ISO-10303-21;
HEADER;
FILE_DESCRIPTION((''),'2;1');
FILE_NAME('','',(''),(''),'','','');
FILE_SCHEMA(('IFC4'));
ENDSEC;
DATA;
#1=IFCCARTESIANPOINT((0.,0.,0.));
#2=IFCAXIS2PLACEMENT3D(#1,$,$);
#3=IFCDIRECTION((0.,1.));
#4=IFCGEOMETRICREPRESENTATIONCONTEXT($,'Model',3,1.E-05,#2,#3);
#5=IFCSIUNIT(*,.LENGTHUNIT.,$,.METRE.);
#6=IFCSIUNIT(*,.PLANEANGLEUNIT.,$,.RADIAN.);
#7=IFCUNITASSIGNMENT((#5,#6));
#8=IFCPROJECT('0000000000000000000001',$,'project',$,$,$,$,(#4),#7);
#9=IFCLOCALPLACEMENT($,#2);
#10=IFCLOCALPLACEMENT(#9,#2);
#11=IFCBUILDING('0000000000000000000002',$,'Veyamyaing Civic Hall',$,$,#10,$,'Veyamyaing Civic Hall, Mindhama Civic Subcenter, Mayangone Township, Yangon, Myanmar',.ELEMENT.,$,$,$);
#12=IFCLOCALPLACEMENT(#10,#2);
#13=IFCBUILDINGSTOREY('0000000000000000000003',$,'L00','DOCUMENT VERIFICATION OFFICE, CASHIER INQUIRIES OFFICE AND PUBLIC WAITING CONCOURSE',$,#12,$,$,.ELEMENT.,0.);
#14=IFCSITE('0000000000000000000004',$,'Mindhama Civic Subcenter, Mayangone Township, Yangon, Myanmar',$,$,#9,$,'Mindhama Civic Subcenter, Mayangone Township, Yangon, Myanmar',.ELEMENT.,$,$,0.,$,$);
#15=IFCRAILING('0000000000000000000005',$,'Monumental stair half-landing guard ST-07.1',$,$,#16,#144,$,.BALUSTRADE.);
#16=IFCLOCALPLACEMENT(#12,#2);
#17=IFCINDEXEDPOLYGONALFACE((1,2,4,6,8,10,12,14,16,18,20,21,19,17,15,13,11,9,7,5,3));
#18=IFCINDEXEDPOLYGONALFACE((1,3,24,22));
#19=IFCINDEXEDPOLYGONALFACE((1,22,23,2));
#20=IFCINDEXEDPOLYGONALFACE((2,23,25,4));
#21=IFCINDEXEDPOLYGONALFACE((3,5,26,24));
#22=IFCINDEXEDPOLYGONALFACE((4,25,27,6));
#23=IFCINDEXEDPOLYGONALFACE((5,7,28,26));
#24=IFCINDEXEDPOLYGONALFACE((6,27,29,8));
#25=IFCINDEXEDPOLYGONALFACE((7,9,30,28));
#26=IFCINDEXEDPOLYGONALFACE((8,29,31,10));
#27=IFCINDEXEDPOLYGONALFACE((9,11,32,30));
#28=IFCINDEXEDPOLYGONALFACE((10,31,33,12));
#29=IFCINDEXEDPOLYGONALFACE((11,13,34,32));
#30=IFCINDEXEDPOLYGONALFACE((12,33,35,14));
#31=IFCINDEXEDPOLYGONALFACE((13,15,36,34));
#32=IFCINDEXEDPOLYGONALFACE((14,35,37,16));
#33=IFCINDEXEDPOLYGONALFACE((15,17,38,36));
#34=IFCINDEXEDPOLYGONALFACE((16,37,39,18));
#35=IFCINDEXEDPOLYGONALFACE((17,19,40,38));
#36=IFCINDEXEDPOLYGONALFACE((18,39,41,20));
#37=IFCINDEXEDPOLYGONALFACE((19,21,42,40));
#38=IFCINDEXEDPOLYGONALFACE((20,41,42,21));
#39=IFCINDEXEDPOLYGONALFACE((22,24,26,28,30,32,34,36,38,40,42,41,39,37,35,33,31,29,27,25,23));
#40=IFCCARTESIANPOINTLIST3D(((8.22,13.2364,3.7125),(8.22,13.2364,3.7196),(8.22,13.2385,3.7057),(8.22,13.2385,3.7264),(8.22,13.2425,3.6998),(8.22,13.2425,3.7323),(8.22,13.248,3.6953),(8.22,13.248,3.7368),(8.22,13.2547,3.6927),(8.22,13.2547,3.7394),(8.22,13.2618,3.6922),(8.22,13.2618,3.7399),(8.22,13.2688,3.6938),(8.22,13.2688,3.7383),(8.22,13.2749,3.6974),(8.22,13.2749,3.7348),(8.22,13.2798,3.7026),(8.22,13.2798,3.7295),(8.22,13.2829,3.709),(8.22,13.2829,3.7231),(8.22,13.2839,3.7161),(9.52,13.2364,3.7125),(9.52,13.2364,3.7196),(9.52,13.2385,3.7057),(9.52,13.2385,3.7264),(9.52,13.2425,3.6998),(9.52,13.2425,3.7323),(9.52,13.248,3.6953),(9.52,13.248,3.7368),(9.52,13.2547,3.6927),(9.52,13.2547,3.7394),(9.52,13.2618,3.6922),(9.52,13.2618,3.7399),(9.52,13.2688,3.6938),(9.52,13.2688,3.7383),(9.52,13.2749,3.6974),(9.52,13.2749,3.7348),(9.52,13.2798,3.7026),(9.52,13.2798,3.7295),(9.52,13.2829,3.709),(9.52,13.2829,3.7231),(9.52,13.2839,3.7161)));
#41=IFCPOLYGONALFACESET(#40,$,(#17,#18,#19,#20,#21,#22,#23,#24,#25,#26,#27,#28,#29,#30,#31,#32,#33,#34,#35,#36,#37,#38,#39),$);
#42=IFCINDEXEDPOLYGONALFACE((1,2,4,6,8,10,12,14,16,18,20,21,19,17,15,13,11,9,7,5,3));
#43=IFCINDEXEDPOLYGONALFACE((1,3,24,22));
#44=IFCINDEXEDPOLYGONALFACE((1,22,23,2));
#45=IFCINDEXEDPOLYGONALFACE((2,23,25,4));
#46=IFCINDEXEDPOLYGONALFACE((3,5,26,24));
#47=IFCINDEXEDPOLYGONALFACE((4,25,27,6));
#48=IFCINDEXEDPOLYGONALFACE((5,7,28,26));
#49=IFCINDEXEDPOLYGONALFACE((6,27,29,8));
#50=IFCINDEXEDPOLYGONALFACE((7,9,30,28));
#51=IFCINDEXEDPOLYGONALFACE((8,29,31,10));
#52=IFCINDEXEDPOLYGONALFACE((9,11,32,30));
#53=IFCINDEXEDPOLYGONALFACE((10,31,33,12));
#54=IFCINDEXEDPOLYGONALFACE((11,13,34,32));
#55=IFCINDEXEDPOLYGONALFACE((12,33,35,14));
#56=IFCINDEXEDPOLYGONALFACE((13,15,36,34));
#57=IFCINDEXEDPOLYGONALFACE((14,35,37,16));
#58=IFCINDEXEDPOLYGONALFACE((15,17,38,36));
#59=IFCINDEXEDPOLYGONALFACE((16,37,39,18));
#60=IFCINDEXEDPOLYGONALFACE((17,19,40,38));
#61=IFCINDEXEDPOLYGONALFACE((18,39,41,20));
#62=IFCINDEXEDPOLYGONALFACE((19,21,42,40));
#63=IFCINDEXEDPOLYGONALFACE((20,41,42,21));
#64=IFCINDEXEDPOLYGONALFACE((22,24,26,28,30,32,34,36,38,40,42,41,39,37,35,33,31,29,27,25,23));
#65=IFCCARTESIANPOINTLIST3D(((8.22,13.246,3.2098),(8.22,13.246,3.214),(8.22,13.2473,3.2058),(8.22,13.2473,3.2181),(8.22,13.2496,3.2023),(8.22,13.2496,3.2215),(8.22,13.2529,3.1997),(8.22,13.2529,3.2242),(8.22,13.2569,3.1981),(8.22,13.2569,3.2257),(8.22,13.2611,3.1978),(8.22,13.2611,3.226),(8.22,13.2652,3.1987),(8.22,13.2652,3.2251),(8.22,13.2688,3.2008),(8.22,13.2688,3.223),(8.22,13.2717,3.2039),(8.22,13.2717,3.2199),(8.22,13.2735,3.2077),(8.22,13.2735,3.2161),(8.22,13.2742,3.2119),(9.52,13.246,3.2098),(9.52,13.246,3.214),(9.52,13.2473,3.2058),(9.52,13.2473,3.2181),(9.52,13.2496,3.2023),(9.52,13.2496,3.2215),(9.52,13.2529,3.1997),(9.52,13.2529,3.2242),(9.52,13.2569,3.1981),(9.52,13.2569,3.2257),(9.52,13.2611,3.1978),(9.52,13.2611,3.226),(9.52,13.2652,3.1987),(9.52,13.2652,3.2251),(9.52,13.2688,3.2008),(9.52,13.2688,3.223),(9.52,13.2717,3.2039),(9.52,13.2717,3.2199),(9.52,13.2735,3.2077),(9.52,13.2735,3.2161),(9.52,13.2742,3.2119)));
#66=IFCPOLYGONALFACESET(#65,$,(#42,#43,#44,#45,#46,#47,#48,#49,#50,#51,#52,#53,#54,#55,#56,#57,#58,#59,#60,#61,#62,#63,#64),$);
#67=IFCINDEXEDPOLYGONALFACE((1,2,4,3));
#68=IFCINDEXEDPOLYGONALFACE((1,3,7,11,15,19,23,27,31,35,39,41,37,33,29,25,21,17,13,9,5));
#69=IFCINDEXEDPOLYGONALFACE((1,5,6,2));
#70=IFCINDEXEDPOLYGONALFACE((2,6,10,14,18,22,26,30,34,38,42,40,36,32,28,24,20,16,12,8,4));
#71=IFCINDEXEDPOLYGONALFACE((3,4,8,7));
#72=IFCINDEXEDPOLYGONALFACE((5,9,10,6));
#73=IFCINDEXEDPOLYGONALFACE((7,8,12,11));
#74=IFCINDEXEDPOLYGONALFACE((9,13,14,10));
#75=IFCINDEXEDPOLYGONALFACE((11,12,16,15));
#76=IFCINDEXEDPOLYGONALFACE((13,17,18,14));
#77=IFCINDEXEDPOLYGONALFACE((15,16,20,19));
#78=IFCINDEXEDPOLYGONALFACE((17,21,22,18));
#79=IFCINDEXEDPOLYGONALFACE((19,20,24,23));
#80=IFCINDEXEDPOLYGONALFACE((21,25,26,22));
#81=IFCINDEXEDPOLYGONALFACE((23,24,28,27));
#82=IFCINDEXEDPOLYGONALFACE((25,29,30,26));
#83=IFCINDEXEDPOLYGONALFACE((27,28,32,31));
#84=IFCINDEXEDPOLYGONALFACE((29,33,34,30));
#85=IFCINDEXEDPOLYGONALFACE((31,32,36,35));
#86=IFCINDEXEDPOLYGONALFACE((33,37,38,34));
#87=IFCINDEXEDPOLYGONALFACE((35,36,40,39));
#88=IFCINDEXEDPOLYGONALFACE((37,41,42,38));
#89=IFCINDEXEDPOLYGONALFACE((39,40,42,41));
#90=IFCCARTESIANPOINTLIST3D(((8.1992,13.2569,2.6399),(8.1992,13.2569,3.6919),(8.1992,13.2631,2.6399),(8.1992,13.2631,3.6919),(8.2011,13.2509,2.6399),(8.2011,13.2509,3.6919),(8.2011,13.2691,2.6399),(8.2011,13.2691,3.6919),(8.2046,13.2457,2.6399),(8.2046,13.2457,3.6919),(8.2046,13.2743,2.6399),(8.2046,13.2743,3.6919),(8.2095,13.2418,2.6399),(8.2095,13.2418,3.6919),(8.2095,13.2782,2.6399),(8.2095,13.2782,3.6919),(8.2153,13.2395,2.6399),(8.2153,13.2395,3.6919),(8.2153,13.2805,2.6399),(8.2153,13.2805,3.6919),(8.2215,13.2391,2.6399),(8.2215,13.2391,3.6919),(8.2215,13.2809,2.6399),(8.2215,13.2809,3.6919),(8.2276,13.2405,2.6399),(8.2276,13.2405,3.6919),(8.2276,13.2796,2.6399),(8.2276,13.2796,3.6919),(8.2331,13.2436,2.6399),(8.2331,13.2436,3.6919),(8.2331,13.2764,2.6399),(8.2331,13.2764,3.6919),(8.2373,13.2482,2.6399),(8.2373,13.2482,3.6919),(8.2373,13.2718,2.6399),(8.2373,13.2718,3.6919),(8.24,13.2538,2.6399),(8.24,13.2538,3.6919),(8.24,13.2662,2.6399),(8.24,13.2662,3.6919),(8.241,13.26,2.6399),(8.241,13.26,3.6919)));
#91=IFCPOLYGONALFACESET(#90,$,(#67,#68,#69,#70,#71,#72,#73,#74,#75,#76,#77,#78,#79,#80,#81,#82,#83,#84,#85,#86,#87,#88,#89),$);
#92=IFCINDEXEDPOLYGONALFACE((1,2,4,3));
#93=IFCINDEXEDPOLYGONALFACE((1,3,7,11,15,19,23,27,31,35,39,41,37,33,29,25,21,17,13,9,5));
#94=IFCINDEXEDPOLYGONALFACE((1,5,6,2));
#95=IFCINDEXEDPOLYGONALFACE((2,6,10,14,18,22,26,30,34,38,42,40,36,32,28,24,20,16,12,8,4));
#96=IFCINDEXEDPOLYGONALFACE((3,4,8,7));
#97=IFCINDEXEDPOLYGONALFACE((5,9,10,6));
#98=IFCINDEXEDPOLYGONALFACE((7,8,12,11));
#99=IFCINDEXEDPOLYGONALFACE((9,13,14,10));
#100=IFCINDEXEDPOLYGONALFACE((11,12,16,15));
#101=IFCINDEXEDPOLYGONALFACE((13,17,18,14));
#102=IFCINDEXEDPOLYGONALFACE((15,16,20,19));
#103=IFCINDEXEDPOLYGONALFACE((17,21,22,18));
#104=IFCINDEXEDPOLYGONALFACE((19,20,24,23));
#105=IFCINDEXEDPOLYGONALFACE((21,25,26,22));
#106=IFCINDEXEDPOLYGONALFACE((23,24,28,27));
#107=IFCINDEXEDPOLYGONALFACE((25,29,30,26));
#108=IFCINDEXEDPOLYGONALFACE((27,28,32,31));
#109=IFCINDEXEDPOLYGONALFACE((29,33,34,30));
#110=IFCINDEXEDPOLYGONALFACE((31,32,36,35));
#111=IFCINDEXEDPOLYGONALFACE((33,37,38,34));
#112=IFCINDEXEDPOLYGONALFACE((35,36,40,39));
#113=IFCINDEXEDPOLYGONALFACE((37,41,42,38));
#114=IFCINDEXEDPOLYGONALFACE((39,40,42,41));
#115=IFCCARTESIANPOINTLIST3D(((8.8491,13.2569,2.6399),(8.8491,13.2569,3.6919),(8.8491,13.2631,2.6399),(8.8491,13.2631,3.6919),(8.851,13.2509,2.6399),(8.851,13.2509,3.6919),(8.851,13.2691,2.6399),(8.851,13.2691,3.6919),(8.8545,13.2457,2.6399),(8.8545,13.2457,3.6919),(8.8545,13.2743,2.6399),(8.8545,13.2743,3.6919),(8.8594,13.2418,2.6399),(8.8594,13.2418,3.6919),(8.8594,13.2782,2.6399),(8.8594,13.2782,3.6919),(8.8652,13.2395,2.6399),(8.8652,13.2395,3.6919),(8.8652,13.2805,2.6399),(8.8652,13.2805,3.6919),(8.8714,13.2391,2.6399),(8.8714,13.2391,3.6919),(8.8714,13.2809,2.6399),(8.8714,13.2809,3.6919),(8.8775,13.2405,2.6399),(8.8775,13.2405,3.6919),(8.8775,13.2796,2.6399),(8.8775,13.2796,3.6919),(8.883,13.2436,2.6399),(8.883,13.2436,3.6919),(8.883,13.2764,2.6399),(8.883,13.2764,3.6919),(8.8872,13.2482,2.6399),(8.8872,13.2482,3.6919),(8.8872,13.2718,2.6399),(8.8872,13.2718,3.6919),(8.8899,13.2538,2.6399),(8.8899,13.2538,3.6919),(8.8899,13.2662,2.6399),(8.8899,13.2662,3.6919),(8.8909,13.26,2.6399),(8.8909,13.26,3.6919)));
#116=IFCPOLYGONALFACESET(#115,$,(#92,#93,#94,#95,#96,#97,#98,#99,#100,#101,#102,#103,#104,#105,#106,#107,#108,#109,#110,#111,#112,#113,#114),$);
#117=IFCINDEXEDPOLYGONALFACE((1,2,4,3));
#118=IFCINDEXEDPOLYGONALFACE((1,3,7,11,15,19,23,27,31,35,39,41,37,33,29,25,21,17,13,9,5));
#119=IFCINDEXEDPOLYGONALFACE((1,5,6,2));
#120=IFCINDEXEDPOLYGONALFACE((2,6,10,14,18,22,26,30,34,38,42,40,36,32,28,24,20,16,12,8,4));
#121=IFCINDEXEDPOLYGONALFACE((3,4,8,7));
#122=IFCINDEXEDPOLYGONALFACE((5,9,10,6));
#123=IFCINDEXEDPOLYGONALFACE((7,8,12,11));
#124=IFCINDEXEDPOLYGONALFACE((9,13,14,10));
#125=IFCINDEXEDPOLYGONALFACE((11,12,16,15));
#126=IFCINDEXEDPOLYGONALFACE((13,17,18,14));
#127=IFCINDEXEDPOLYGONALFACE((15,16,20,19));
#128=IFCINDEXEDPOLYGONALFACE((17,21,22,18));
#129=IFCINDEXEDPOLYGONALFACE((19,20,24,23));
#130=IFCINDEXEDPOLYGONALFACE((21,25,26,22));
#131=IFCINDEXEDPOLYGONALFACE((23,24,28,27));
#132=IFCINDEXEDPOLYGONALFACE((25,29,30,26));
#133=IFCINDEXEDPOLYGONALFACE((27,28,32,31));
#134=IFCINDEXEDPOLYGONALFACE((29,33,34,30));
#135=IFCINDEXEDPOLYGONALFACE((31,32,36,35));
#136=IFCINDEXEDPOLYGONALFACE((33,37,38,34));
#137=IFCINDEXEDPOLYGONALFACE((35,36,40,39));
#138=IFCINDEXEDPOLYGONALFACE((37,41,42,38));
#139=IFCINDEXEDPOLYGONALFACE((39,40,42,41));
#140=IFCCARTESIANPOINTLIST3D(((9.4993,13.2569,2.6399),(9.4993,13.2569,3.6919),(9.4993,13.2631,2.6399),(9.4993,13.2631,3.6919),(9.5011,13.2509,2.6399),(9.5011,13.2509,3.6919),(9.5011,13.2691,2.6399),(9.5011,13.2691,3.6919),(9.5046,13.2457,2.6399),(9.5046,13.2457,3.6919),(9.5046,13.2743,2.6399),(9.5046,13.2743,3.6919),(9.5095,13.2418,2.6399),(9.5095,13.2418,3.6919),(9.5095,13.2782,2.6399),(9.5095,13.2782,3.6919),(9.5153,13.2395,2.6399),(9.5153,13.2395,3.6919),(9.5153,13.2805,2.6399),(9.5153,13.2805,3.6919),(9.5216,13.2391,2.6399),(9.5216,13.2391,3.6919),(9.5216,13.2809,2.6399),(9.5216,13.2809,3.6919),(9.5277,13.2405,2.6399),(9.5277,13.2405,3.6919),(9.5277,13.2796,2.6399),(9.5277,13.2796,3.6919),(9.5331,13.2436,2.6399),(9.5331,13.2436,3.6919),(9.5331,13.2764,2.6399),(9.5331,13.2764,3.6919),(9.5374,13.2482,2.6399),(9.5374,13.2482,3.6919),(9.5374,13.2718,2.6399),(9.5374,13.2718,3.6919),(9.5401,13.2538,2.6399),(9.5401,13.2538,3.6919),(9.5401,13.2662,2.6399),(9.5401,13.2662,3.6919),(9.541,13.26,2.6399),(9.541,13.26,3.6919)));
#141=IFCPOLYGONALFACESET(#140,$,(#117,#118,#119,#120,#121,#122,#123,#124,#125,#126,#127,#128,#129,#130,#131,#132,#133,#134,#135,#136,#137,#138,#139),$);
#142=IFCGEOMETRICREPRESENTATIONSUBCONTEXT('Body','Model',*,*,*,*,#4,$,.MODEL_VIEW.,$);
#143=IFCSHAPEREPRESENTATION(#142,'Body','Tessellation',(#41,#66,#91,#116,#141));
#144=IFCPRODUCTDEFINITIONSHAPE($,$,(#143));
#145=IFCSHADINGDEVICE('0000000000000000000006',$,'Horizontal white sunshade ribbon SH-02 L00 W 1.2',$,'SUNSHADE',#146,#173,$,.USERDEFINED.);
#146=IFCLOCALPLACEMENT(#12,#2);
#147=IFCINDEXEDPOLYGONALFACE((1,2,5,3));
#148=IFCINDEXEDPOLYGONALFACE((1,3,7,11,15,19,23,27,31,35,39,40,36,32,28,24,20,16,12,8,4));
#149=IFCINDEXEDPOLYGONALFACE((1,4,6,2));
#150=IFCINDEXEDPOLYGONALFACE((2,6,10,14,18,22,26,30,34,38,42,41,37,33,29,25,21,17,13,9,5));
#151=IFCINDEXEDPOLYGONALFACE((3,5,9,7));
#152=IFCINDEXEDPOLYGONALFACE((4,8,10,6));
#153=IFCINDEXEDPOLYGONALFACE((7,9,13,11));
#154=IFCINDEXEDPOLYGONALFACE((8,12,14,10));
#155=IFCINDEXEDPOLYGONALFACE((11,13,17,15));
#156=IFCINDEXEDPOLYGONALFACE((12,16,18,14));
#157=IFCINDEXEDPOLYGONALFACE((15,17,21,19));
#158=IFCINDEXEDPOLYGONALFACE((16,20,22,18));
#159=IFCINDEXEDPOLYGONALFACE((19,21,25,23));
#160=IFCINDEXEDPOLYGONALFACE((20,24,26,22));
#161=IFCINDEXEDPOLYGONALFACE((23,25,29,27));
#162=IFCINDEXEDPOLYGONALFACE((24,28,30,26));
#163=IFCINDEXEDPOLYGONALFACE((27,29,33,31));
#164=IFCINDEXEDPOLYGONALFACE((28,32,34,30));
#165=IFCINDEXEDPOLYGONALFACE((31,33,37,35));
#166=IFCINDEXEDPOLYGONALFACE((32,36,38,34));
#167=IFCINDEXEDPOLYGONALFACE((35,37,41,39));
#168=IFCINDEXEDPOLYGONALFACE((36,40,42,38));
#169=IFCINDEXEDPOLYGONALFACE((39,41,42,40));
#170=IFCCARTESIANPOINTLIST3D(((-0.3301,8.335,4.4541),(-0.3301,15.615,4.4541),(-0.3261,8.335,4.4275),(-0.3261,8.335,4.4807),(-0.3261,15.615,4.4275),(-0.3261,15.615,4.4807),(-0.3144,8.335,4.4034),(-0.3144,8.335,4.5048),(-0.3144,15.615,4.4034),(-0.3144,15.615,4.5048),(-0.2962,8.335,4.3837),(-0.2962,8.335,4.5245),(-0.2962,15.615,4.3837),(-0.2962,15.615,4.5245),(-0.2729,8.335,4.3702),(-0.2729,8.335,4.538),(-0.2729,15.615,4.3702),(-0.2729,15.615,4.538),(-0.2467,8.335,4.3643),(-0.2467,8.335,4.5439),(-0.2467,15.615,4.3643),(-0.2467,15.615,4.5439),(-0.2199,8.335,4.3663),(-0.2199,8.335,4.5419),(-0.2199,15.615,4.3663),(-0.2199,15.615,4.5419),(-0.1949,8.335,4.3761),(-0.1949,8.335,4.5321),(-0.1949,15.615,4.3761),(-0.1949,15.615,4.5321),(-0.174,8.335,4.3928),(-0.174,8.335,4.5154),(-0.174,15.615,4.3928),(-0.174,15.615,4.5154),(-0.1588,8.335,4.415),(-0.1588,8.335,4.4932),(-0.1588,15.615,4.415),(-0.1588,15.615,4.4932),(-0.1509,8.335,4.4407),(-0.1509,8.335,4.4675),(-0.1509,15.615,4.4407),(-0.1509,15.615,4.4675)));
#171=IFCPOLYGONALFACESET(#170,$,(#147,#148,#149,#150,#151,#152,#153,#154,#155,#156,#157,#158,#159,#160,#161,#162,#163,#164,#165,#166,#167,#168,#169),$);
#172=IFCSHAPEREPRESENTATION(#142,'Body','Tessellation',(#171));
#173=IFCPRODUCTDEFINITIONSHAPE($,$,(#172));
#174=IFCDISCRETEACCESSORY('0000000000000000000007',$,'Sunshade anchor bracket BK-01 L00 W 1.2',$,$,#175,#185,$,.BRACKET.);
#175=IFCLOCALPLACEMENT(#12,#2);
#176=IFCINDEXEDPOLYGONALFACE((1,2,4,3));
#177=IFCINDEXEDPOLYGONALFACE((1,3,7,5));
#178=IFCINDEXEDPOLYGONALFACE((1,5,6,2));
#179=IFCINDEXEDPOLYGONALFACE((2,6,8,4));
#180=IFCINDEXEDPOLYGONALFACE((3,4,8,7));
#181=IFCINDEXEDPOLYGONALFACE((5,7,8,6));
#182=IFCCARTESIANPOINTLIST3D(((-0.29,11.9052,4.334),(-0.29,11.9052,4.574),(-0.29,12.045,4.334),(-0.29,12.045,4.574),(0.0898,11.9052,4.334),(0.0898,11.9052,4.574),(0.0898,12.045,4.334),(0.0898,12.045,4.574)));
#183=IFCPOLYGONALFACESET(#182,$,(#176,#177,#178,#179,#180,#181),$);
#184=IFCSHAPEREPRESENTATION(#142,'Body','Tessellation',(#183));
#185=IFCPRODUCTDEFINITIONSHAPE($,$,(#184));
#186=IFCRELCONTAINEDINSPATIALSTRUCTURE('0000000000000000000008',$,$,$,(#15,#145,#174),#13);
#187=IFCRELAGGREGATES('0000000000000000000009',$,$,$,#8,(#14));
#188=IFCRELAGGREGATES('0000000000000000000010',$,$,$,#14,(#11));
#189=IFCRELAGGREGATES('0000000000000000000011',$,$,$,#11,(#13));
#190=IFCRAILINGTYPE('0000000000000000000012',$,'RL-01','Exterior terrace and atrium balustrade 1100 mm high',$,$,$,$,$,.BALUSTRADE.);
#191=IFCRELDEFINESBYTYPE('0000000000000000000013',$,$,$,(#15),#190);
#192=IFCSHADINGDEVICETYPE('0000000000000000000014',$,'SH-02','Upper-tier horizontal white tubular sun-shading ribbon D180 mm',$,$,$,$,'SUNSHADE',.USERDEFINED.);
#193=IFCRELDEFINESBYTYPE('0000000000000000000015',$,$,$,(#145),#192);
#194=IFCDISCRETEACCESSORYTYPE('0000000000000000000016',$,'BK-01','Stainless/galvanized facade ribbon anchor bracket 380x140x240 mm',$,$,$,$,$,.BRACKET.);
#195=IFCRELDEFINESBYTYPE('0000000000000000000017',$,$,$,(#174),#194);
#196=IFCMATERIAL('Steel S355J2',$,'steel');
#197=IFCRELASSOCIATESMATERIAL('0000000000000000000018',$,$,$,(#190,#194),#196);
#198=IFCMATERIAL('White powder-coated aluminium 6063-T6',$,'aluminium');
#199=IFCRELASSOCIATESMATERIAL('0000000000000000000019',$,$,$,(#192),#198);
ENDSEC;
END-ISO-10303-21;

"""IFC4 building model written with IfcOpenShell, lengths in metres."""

from ifc_helpers import new_model, si_unit, direction, frame, origin, origin_2d, place, context, subcontext, project, spatial, rectangle, circle, extrude, material, material_profile, profile_set, type_object, element, save


model = new_model("IFC4")

# Units and contexts
model_context = context("Model", 3, precision=1e-05, world=origin(), true_north=direction((0.0, 1.0)))
body_context = subcontext(model_context, "Body", "Model", "MODEL_VIEW")
ifc_project = project(units=[si_unit("LENGTHUNIT", "METRE"), si_unit("PLANEANGLEUNIT", "RADIAN")], contexts=[model_context])

# Site, building, storey
site_placement = place(None, origin())
site = spatial("IfcSite", under=ifc_project, at=site_placement, Name="Mindhama Civic Subcenter, Mayangone Township, Yangon, Myanmar", LongName="Mindhama Civic Subcenter, Mayangone Township, Yangon, Myanmar", CompositionType="ELEMENT", RefElevation=0.0)
building_placement = place(site_placement, origin())
building = spatial("IfcBuilding", under=site, at=building_placement, Name="Veyamyaing Civic Hall", LongName="Veyamyaing Civic Hall, Mindhama Civic Subcenter, Mayangone Township, Yangon, Myanmar", CompositionType="ELEMENT")
storey_placement = place(building_placement, origin())
storey = spatial("IfcBuildingStorey", under=building, at=storey_placement, Name="L00", Description="DOCUMENT VERIFICATION OFFICE, CASHIER INQUIRIES OFFICE AND PUBLIC WAITING CONCOURSE", CompositionType="ELEMENT", Elevation=0.0)

# Shared definitions
ifc_material_1 = material(Name="White powder-coated aluminium 6063-T6", Category="aluminium")

# Railing
ifc_material_2 = material(Name="Steel S355J2", Category="steel")
railing_type = type_object("IfcRailingType", Name="RL-01", Description="Exterior terrace and atrium balustrade 1100 mm high", PredefinedType="BALUSTRADE", material=ifc_material_2)
railing_placement = place(storey_placement, frame((8.22, 13.26, 2.6399)))
element("IfcRailing", 1, at=railing_placement, inside=storey, type_object=railing_type, Name="Monumental stair half-landing guard ST-07.1", PredefinedType="BALUSTRADE", context=body_context, shape_type="SweptSolid", body=[
    extrude(circle(Radius=0.0239, at=origin_2d()), frame((0.0, 0.0, 1.0762), z_axis=(1.0, 0.0, 0.0), x_axis=(0.0, 1.0, 0.0)), (0.0, 0.0, 1.0), 1.3),
    extrude(circle(Radius=0.0142, at=origin_2d()), frame((0.0, 0.0, 0.572), z_axis=(1.0, 0.0, 0.0), x_axis=(0.0, 1.0, 0.0)), (0.0, 0.0, 1.0), 1.3),
    extrude(circle(Radius=0.021, at=origin_2d()), origin(), (0.0, 0.0, 1.0), 1.052),
    extrude(circle(Radius=0.021, at=origin_2d()), frame((0.6499, 0.0, 0.0)), (0.0, 0.0, 1.0), 1.052),
    extrude(circle(Radius=0.021, at=origin_2d()), frame((1.3, 0.0, 0.0)), (0.0, 0.0, 1.0), 1.052),
])

# Shading device
ifc_material_profile_1 = material_profile(ifc_material_1, circle(Radius=0.0901, at=origin_2d()), Name="SHADE-TUBE-180")
ifc_profile_set_1 = profile_set([ifc_material_profile_1], Name="White powder-coated aluminium 6063-T6")
shading_device_type = type_object("IfcShadingDeviceType", Name="SH-02", Description="Upper-tier horizontal white tubular sun-shading ribbon D180 mm", ElementType="SUNSHADE", PredefinedType="USERDEFINED", material=ifc_profile_set_1)
shading_device_placement = place(storey_placement, frame((-0.24, 8.335, 4.4541), z_axis=(0.0, 1.0, 0.0), x_axis=(-1.0, 0.0, 0.0)))
element("IfcShadingDevice", 2, at=shading_device_placement, inside=storey, type_object=shading_device_type, Name="Horizontal white sunshade ribbon SH-02 L00 W 1.2", ObjectType="SUNSHADE", PredefinedType="USERDEFINED", context=body_context, shape_type="SweptSolid", body=[
    extrude(circle(Radius=0.0901, at=origin_2d()), origin(), (0.0, 0.0, 1.0), 7.28),
])

# Discrete accessory
discrete_accessory_type = type_object("IfcDiscreteAccessoryType", Name="BK-01", Description="Stainless/galvanized facade ribbon anchor bracket 380x140x240 mm", PredefinedType="BRACKET", material=ifc_material_2)
discrete_accessory_placement = place(storey_placement, frame((-0.1001, 11.9751, 4.334), z_axis=(0.0, 0.0, 1.0), x_axis=(-1.0, 0.0, 0.0)))
element("IfcDiscreteAccessory", 3, at=discrete_accessory_placement, inside=storey, type_object=discrete_accessory_type, Name="Sunshade anchor bracket BK-01 L00 W 1.2", PredefinedType="BRACKET", context=body_context, shape_type="SweptSolid", body=[
    extrude(rectangle(XDim=0.3799, YDim=0.1399, at=origin_2d()), origin(), (0.0, 0.0, 1.0), 0.24),
])

save(model, "model.ifc")
